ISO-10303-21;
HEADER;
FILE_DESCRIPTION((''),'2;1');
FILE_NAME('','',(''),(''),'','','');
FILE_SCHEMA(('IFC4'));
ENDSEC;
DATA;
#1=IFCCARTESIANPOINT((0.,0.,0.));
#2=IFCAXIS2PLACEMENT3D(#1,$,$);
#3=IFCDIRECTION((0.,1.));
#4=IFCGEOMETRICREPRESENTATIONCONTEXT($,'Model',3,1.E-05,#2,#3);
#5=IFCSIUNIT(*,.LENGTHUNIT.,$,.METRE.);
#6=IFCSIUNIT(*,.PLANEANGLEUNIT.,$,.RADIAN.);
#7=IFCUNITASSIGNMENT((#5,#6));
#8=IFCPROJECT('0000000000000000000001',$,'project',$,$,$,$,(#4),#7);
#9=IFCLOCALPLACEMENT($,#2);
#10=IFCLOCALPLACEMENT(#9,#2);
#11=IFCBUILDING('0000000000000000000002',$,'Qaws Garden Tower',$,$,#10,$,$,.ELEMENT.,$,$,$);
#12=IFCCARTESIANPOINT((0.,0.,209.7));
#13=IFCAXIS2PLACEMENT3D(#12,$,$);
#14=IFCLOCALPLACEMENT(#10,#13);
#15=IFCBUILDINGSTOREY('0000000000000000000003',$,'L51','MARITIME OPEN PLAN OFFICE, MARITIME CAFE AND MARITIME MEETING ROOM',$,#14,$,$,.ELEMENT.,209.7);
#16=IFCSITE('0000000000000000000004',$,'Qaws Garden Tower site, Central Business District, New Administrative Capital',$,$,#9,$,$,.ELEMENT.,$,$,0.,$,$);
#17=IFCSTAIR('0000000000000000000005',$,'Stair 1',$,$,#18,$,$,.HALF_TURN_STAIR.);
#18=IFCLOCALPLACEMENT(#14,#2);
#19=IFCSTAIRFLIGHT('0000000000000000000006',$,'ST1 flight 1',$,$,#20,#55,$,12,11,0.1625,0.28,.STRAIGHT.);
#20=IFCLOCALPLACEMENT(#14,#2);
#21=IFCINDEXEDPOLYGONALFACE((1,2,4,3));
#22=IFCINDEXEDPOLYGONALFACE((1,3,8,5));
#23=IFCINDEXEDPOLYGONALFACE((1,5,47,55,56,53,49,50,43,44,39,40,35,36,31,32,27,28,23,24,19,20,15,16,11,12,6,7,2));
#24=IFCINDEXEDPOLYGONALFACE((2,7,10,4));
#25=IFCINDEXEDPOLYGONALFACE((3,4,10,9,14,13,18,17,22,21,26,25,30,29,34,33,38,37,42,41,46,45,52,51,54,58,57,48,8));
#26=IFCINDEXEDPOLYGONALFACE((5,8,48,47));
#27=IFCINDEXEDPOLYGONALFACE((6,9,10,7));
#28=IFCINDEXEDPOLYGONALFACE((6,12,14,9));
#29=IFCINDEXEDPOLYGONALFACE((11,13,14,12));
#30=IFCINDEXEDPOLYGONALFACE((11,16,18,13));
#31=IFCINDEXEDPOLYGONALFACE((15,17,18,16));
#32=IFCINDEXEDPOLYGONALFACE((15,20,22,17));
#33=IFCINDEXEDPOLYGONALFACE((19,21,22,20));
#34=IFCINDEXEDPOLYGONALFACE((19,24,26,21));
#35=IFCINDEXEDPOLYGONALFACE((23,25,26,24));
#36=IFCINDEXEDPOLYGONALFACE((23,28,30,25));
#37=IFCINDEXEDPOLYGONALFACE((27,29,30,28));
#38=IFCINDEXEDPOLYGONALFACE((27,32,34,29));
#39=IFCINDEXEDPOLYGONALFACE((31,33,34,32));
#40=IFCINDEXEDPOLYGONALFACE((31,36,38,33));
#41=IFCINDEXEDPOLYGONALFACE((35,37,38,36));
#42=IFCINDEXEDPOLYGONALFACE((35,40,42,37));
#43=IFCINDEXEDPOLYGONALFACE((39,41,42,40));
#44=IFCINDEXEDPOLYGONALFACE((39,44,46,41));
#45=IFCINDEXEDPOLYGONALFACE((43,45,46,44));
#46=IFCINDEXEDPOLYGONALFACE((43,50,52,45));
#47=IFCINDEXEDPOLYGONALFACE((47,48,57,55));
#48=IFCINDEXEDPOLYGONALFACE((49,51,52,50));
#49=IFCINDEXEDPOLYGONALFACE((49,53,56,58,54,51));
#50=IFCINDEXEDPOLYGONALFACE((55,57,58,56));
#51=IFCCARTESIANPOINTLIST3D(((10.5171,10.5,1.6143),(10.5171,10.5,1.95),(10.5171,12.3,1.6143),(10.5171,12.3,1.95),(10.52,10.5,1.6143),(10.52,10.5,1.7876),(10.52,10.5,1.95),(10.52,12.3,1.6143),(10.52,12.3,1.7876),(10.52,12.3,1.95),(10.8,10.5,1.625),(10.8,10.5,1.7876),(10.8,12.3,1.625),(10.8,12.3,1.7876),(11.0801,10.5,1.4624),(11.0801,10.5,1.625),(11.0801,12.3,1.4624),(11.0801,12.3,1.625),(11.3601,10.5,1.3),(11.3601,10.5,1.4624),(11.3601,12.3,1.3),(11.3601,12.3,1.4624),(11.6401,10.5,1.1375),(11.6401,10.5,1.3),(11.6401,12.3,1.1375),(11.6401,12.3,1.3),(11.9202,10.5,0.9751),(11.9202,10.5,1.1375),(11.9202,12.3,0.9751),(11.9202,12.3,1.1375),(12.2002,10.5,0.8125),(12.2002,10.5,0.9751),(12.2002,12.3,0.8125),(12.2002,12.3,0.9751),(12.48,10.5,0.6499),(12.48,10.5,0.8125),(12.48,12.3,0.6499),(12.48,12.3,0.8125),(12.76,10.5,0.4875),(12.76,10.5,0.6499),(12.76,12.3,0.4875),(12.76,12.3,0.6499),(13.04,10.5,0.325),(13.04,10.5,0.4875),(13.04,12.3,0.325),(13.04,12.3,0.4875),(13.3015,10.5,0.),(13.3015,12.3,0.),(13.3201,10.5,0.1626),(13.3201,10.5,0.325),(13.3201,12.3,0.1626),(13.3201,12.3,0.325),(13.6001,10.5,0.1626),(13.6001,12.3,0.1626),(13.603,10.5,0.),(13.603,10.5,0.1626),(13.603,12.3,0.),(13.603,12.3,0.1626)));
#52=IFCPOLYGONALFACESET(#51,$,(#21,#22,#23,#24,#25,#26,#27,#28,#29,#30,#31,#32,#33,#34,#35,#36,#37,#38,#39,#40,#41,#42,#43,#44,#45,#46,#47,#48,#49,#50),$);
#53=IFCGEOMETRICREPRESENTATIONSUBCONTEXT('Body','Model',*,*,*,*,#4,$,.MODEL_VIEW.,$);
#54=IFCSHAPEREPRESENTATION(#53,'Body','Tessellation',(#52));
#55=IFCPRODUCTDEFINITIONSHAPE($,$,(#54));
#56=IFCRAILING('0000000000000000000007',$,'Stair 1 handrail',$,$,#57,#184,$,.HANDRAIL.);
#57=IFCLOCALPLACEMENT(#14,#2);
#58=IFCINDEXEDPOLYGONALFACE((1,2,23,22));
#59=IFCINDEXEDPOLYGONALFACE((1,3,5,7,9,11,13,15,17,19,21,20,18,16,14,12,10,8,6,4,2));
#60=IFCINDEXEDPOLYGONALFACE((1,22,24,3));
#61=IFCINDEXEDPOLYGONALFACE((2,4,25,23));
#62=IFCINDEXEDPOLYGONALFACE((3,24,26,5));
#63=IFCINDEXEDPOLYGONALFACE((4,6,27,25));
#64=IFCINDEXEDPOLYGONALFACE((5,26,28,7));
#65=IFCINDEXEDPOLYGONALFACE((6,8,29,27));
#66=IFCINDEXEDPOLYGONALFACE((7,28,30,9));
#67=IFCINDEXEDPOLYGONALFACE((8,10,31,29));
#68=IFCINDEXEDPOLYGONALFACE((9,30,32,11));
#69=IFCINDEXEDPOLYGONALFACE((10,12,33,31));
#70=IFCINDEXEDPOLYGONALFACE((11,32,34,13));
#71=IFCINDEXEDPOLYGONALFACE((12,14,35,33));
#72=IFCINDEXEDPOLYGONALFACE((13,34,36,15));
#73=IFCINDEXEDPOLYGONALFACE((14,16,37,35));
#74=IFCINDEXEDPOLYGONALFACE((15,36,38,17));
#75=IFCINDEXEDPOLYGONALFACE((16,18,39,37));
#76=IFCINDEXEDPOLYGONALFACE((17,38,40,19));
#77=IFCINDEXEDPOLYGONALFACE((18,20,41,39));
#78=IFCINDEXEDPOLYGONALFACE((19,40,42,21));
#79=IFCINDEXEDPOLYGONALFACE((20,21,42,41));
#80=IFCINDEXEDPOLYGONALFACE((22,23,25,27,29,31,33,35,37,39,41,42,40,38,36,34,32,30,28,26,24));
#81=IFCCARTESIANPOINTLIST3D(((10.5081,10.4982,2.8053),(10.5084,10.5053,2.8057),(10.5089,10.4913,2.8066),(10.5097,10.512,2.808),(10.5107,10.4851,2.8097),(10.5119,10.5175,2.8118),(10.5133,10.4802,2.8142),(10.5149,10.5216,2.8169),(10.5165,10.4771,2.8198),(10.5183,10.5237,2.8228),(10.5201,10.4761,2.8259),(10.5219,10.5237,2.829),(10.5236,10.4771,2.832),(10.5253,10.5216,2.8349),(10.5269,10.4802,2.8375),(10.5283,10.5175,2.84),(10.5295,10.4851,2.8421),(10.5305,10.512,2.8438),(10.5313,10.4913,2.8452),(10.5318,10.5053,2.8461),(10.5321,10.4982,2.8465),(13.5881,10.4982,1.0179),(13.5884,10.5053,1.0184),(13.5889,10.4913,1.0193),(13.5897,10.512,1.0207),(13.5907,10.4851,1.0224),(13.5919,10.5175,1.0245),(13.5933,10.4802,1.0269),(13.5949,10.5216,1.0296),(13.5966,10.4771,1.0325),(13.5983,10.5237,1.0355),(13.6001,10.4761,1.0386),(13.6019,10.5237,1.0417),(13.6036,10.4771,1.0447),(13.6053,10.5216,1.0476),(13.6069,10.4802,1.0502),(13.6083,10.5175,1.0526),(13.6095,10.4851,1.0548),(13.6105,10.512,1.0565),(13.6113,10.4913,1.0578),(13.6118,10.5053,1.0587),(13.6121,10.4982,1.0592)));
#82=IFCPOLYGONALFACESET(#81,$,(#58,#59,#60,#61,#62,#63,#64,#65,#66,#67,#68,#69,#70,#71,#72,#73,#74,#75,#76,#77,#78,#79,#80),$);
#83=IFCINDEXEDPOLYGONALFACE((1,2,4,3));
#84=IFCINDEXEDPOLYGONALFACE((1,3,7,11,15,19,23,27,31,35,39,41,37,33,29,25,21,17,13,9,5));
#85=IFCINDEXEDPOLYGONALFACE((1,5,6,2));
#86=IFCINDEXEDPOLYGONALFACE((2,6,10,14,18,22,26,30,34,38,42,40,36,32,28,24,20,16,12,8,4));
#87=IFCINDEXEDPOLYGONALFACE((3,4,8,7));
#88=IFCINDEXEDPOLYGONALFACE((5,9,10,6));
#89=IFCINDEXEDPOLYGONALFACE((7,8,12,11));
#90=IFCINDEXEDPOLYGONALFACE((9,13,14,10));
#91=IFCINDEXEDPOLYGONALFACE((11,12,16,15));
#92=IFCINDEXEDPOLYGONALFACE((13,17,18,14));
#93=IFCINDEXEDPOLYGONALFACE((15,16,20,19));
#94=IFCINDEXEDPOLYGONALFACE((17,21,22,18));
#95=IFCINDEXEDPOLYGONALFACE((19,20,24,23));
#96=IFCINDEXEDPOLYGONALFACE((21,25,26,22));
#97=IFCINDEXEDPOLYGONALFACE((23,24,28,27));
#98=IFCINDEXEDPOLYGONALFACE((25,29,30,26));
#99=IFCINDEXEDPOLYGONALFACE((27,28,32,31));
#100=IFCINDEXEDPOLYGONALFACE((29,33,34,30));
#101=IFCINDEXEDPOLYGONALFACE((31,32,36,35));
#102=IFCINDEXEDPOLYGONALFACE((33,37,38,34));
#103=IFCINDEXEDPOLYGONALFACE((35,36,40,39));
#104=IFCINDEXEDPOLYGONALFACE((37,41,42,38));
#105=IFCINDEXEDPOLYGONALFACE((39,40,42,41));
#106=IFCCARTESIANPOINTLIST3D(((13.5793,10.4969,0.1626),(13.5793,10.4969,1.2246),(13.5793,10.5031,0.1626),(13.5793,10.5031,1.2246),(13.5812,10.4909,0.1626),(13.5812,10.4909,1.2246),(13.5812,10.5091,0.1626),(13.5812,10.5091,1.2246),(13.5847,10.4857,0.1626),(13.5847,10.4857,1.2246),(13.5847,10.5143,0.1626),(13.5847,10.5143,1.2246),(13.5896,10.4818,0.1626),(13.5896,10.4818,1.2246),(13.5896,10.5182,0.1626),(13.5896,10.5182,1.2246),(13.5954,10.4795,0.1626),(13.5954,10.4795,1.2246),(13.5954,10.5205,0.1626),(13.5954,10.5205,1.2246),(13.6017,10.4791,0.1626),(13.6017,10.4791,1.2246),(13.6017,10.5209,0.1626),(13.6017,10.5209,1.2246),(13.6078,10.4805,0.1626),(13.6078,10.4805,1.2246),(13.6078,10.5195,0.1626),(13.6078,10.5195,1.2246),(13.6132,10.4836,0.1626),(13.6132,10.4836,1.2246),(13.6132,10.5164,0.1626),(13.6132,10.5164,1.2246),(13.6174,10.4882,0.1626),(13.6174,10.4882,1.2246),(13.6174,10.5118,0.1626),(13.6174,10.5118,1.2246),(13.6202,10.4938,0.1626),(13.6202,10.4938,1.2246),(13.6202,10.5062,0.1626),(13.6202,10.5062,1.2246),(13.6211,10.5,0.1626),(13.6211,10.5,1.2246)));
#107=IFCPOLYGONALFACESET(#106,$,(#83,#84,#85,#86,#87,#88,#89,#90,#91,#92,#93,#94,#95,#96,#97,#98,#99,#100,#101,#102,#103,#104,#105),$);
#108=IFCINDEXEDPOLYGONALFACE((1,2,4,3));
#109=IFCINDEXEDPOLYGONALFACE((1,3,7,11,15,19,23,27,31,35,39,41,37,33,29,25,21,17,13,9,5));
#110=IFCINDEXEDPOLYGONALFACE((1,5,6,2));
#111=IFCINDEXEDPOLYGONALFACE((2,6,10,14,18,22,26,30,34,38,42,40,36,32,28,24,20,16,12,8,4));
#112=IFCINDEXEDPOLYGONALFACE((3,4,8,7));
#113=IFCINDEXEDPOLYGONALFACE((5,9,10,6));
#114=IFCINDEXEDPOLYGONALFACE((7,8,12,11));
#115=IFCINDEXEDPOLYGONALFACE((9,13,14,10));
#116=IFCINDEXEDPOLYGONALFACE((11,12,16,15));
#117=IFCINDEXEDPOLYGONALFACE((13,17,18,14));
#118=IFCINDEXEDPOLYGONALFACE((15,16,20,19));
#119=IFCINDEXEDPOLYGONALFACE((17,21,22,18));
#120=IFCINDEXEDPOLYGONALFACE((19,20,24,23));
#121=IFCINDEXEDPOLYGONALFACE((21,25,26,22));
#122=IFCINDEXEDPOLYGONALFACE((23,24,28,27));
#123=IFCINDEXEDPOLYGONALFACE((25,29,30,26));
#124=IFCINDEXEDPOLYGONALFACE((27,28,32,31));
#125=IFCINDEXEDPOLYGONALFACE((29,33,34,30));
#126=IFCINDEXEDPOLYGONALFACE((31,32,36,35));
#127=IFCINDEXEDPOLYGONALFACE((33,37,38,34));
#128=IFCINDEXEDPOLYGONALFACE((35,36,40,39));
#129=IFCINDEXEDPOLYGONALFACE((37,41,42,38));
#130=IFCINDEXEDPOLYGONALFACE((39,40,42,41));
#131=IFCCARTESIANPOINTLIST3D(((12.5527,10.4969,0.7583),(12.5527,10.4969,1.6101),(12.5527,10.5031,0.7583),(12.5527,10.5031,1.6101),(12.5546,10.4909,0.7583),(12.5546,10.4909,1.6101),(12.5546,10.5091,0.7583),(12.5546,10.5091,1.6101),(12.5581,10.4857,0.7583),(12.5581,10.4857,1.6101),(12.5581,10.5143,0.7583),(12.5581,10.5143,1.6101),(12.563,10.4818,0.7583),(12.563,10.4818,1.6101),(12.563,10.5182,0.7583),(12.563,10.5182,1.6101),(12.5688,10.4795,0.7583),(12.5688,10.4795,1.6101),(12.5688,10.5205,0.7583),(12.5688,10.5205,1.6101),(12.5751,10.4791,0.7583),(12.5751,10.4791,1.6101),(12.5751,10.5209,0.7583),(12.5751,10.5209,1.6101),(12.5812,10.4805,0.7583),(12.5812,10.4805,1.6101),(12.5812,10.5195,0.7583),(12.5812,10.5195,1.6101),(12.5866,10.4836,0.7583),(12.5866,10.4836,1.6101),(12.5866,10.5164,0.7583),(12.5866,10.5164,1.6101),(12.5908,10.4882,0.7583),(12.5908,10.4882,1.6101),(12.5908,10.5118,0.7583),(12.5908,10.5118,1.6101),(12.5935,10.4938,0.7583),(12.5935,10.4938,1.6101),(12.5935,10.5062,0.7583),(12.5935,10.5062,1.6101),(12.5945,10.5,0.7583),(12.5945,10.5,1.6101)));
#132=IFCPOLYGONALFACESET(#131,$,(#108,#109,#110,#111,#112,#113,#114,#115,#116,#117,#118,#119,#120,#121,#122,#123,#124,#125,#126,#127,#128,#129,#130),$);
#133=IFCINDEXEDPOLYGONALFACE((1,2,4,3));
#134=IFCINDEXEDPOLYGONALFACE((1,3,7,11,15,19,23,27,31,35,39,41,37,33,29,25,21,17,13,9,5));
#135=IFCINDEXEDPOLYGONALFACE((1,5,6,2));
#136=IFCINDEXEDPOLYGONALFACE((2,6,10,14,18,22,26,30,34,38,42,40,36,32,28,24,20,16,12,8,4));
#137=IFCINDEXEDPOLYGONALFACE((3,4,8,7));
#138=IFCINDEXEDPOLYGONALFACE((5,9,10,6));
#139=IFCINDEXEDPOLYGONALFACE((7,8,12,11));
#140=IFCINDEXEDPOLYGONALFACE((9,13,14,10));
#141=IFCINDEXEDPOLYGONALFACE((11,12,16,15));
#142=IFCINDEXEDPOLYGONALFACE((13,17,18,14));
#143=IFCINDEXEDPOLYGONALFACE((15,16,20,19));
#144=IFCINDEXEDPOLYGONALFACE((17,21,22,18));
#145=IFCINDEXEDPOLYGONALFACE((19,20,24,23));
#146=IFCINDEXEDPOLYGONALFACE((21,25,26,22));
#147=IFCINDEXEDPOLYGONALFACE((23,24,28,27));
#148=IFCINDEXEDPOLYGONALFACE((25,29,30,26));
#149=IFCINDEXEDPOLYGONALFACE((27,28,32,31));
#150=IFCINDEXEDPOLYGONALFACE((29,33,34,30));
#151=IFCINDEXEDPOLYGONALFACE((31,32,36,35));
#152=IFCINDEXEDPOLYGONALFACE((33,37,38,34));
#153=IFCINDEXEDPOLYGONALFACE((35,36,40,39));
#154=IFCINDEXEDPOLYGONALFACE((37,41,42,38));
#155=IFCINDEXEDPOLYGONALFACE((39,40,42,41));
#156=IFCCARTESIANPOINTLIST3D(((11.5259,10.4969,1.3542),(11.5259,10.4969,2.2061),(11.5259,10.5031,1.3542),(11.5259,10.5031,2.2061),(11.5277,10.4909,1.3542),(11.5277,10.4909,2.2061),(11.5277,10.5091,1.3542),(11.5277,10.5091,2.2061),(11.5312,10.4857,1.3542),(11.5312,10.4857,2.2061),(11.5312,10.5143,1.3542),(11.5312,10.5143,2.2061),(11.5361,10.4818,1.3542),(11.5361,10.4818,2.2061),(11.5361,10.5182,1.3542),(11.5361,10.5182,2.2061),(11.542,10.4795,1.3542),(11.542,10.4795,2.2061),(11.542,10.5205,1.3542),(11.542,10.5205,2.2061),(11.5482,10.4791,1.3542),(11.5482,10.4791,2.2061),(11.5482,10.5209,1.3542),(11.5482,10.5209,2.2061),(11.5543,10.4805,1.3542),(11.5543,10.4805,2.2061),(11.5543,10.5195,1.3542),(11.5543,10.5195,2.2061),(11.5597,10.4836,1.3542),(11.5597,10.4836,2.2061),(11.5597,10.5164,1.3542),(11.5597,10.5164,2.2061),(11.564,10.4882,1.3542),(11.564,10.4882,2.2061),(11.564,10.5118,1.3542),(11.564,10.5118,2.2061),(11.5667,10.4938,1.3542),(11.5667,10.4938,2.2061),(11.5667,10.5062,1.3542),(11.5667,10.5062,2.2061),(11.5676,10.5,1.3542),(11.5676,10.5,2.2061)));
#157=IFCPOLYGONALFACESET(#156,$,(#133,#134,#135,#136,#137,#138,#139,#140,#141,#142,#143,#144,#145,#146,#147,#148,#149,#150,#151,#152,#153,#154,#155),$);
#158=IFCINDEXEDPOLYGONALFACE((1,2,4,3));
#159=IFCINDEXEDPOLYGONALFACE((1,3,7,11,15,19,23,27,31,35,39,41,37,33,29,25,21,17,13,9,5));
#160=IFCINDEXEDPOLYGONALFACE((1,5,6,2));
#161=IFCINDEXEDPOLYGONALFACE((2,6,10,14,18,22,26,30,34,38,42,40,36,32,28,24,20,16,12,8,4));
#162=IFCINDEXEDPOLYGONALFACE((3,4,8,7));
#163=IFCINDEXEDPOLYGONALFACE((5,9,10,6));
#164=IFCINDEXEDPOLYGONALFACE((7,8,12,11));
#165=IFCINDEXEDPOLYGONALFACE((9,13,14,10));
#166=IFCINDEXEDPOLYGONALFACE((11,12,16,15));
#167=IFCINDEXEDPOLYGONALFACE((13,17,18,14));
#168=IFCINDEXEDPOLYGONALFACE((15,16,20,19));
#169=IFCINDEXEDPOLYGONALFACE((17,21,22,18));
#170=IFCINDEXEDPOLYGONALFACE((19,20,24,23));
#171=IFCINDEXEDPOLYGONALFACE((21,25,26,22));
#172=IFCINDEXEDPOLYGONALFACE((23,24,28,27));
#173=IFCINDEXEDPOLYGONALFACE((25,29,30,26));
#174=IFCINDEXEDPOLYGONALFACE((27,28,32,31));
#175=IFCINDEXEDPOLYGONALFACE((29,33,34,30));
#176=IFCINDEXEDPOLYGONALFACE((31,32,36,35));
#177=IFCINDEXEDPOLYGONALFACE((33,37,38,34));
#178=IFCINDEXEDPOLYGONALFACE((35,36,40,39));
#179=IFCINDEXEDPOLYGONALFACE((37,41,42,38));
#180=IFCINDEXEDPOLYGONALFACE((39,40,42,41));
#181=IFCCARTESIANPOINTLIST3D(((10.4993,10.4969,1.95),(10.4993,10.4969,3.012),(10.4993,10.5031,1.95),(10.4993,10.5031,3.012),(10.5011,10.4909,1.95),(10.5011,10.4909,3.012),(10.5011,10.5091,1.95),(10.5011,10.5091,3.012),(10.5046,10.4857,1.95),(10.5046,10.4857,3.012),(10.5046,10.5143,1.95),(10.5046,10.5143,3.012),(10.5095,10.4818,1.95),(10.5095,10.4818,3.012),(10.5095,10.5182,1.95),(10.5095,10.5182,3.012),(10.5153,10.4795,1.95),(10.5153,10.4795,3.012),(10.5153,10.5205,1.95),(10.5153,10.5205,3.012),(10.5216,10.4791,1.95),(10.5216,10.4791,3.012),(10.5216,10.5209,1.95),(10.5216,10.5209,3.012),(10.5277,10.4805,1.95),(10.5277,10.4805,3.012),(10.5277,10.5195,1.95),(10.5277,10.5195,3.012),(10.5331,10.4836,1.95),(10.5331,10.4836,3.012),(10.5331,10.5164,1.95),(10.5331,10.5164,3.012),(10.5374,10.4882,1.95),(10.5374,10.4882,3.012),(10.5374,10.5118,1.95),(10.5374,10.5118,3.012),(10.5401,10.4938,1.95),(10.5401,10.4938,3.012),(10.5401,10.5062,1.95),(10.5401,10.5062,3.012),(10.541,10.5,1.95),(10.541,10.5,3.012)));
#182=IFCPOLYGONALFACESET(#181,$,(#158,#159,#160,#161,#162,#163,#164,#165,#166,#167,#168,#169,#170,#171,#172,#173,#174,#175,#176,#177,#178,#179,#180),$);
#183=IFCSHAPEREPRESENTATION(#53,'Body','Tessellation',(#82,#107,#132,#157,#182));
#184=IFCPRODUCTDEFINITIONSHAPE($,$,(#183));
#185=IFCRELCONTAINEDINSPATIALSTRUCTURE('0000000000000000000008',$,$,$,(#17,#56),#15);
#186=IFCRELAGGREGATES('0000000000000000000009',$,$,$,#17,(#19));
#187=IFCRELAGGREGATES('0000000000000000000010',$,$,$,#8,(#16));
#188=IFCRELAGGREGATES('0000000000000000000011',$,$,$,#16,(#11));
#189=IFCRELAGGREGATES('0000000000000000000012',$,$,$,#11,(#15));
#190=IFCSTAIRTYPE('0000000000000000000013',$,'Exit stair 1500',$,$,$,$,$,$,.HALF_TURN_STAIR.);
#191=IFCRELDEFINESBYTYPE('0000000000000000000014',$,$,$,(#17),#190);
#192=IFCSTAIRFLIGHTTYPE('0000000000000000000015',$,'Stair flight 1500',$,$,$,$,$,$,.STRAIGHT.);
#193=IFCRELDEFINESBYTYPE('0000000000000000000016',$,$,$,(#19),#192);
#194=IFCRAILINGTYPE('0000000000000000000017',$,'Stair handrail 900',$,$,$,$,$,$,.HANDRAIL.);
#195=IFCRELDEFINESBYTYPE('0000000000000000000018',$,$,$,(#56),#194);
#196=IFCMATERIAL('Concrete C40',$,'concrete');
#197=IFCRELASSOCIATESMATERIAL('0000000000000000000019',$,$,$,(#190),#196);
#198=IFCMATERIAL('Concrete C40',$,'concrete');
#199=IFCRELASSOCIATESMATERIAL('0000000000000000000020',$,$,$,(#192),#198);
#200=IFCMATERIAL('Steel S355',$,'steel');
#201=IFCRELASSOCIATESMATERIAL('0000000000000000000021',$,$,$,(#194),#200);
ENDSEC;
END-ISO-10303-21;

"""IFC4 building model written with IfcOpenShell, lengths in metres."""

from ifc_helpers import new_model, si_unit, direction, frame, origin, origin_2d, place, context, subcontext, project, spatial, polyline, circle, outline, extrude, material, type_object, element, aggregate, save


model = new_model("IFC4")

# Units and contexts
model_context = context("Model", 3, precision=1e-05, world=origin(), true_north=direction((0.0, 1.0)))
body_context = subcontext(model_context, "Body", "Model", "MODEL_VIEW")
ifc_project = project(units=[si_unit("LENGTHUNIT", "METRE"), si_unit("PLANEANGLEUNIT", "RADIAN")], contexts=[model_context])

# Site, building, storey
site_placement = place(None, origin())
site = spatial("IfcSite", under=ifc_project, at=site_placement, Name="Qaws Garden Tower site, Central Business District, New Administrative Capital", CompositionType="ELEMENT", RefElevation=0.0)
building_placement = place(site_placement, origin())
building = spatial("IfcBuilding", under=site, at=building_placement, Name="Qaws Garden Tower", CompositionType="ELEMENT")
storey_placement = place(building_placement, frame((0.0, 0.0, 209.7)))
storey = spatial("IfcBuildingStorey", under=building, at=storey_placement, Name="L51", Description="MARITIME OPEN PLAN OFFICE, MARITIME CAFE AND MARITIME MEETING ROOM", CompositionType="ELEMENT", Elevation=209.7)

# Stair, stair flight
ifc_material_1 = material(Name="Concrete C40", Category="concrete")
stair_type = type_object("IfcStairType", Name="Exit stair 1500", PredefinedType="HALF_TURN_STAIR", material=ifc_material_1)
stair_placement = place(storey_placement, origin())
stair = element("IfcStair", 1, at=stair_placement, inside=storey, type_object=stair_type, Name="Stair 1", PredefinedType="HALF_TURN_STAIR")
ifc_material_2 = material(Name="Concrete C40", Category="concrete")
stair_flight_type = type_object("IfcStairFlightType", Name="Stair flight 1500", PredefinedType="STRAIGHT", material=ifc_material_2)
stair_flight_placement = place(storey_placement, frame((13.6001, 11.3999, 0.0), z_axis=(0.0, 0.0, 1.0), x_axis=(-1.0, 0.0, 0.0)))
stair_flight = element("IfcStairFlight", 2, at=stair_flight_placement, type_object=stair_flight_type, Name="ST1 flight 1", NumberOfRisers=12, NumberOfTreads=11, PredefinedType="STRAIGHT", RiserHeight=0.1625, TreadLength=0.28, context=body_context, shape_type="SweptSolid", body=[
    extrude(outline(polyline([(-0.0029, 0.0), (-0.0029, 0.1626), (0.0, 0.1626), (0.28, 0.1626), (0.28, 0.325), (0.5601, 0.325), (0.5601, 0.4875), (0.8401, 0.4875), (0.8401, 0.6499), (1.1201, 0.6499), (1.1201, 0.8125), (1.3999, 0.8125), (1.3999, 0.9751), (1.6799, 0.9751), (1.6799, 1.1375), (1.96, 1.1375), (1.96, 1.3), (2.24, 1.3), (2.24, 1.4624), (2.52, 1.4624), (2.52, 1.625), (2.8, 1.625), (2.8, 1.7876), (3.0801, 1.7876), (3.0801, 1.95), (3.083, 1.95), (3.083, 1.6143), (3.0801, 1.6143), (0.2986, 0.0), (-0.0029, 0.0)])), frame((0.0, 0.8999, 0.0), z_axis=(0.0, -1.0, 0.0), x_axis=(1.0, 0.0, 0.0)), (0.0, 0.0, 1.0), 1.8),
])
aggregate(stair, [stair_flight])

# Railing
ifc_material_3 = material(Name="Steel S355", Category="steel")
railing_type = type_object("IfcRailingType", Name="Stair handrail 900", PredefinedType="HANDRAIL", material=ifc_material_3)
railing_1_placement = place(storey_placement, frame((13.6001, 10.5, 0.1626)))
element("IfcRailing", 3, at=railing_1_placement, inside=storey, type_object=railing_type, Name="Stair 1 handrail", PredefinedType="HANDRAIL", context=body_context, shape_type="SweptSolid", body=[
    extrude(circle(Radius=0.0239, at=origin_2d()), frame((0.0, 0.0, 0.876), z_axis=(-0.86492, 0.0, 0.501909), x_axis=(0.0, -1.0, 0.0)), (0.0, 0.0, 1.0), 3.561),
    extrude(circle(Radius=0.021, at=origin_2d()), origin(), (0.0, 0.0, 1.0), 1.062),
    extrude(circle(Radius=0.021, at=origin_2d()), frame((-1.0266, 0.0, 0.5957)), (0.0, 0.0, 1.0), 0.8518),
    extrude(circle(Radius=0.021, at=origin_2d()), frame((-2.0535, 0.0, 1.1917)), (0.0, 0.0, 1.0), 0.8518),
    extrude(circle(Radius=0.021, at=origin_2d()), frame((-3.0801, 0.0, 1.7874)), (0.0, 0.0, 1.0), 1.062),
])

save(model, "model.ifc")
